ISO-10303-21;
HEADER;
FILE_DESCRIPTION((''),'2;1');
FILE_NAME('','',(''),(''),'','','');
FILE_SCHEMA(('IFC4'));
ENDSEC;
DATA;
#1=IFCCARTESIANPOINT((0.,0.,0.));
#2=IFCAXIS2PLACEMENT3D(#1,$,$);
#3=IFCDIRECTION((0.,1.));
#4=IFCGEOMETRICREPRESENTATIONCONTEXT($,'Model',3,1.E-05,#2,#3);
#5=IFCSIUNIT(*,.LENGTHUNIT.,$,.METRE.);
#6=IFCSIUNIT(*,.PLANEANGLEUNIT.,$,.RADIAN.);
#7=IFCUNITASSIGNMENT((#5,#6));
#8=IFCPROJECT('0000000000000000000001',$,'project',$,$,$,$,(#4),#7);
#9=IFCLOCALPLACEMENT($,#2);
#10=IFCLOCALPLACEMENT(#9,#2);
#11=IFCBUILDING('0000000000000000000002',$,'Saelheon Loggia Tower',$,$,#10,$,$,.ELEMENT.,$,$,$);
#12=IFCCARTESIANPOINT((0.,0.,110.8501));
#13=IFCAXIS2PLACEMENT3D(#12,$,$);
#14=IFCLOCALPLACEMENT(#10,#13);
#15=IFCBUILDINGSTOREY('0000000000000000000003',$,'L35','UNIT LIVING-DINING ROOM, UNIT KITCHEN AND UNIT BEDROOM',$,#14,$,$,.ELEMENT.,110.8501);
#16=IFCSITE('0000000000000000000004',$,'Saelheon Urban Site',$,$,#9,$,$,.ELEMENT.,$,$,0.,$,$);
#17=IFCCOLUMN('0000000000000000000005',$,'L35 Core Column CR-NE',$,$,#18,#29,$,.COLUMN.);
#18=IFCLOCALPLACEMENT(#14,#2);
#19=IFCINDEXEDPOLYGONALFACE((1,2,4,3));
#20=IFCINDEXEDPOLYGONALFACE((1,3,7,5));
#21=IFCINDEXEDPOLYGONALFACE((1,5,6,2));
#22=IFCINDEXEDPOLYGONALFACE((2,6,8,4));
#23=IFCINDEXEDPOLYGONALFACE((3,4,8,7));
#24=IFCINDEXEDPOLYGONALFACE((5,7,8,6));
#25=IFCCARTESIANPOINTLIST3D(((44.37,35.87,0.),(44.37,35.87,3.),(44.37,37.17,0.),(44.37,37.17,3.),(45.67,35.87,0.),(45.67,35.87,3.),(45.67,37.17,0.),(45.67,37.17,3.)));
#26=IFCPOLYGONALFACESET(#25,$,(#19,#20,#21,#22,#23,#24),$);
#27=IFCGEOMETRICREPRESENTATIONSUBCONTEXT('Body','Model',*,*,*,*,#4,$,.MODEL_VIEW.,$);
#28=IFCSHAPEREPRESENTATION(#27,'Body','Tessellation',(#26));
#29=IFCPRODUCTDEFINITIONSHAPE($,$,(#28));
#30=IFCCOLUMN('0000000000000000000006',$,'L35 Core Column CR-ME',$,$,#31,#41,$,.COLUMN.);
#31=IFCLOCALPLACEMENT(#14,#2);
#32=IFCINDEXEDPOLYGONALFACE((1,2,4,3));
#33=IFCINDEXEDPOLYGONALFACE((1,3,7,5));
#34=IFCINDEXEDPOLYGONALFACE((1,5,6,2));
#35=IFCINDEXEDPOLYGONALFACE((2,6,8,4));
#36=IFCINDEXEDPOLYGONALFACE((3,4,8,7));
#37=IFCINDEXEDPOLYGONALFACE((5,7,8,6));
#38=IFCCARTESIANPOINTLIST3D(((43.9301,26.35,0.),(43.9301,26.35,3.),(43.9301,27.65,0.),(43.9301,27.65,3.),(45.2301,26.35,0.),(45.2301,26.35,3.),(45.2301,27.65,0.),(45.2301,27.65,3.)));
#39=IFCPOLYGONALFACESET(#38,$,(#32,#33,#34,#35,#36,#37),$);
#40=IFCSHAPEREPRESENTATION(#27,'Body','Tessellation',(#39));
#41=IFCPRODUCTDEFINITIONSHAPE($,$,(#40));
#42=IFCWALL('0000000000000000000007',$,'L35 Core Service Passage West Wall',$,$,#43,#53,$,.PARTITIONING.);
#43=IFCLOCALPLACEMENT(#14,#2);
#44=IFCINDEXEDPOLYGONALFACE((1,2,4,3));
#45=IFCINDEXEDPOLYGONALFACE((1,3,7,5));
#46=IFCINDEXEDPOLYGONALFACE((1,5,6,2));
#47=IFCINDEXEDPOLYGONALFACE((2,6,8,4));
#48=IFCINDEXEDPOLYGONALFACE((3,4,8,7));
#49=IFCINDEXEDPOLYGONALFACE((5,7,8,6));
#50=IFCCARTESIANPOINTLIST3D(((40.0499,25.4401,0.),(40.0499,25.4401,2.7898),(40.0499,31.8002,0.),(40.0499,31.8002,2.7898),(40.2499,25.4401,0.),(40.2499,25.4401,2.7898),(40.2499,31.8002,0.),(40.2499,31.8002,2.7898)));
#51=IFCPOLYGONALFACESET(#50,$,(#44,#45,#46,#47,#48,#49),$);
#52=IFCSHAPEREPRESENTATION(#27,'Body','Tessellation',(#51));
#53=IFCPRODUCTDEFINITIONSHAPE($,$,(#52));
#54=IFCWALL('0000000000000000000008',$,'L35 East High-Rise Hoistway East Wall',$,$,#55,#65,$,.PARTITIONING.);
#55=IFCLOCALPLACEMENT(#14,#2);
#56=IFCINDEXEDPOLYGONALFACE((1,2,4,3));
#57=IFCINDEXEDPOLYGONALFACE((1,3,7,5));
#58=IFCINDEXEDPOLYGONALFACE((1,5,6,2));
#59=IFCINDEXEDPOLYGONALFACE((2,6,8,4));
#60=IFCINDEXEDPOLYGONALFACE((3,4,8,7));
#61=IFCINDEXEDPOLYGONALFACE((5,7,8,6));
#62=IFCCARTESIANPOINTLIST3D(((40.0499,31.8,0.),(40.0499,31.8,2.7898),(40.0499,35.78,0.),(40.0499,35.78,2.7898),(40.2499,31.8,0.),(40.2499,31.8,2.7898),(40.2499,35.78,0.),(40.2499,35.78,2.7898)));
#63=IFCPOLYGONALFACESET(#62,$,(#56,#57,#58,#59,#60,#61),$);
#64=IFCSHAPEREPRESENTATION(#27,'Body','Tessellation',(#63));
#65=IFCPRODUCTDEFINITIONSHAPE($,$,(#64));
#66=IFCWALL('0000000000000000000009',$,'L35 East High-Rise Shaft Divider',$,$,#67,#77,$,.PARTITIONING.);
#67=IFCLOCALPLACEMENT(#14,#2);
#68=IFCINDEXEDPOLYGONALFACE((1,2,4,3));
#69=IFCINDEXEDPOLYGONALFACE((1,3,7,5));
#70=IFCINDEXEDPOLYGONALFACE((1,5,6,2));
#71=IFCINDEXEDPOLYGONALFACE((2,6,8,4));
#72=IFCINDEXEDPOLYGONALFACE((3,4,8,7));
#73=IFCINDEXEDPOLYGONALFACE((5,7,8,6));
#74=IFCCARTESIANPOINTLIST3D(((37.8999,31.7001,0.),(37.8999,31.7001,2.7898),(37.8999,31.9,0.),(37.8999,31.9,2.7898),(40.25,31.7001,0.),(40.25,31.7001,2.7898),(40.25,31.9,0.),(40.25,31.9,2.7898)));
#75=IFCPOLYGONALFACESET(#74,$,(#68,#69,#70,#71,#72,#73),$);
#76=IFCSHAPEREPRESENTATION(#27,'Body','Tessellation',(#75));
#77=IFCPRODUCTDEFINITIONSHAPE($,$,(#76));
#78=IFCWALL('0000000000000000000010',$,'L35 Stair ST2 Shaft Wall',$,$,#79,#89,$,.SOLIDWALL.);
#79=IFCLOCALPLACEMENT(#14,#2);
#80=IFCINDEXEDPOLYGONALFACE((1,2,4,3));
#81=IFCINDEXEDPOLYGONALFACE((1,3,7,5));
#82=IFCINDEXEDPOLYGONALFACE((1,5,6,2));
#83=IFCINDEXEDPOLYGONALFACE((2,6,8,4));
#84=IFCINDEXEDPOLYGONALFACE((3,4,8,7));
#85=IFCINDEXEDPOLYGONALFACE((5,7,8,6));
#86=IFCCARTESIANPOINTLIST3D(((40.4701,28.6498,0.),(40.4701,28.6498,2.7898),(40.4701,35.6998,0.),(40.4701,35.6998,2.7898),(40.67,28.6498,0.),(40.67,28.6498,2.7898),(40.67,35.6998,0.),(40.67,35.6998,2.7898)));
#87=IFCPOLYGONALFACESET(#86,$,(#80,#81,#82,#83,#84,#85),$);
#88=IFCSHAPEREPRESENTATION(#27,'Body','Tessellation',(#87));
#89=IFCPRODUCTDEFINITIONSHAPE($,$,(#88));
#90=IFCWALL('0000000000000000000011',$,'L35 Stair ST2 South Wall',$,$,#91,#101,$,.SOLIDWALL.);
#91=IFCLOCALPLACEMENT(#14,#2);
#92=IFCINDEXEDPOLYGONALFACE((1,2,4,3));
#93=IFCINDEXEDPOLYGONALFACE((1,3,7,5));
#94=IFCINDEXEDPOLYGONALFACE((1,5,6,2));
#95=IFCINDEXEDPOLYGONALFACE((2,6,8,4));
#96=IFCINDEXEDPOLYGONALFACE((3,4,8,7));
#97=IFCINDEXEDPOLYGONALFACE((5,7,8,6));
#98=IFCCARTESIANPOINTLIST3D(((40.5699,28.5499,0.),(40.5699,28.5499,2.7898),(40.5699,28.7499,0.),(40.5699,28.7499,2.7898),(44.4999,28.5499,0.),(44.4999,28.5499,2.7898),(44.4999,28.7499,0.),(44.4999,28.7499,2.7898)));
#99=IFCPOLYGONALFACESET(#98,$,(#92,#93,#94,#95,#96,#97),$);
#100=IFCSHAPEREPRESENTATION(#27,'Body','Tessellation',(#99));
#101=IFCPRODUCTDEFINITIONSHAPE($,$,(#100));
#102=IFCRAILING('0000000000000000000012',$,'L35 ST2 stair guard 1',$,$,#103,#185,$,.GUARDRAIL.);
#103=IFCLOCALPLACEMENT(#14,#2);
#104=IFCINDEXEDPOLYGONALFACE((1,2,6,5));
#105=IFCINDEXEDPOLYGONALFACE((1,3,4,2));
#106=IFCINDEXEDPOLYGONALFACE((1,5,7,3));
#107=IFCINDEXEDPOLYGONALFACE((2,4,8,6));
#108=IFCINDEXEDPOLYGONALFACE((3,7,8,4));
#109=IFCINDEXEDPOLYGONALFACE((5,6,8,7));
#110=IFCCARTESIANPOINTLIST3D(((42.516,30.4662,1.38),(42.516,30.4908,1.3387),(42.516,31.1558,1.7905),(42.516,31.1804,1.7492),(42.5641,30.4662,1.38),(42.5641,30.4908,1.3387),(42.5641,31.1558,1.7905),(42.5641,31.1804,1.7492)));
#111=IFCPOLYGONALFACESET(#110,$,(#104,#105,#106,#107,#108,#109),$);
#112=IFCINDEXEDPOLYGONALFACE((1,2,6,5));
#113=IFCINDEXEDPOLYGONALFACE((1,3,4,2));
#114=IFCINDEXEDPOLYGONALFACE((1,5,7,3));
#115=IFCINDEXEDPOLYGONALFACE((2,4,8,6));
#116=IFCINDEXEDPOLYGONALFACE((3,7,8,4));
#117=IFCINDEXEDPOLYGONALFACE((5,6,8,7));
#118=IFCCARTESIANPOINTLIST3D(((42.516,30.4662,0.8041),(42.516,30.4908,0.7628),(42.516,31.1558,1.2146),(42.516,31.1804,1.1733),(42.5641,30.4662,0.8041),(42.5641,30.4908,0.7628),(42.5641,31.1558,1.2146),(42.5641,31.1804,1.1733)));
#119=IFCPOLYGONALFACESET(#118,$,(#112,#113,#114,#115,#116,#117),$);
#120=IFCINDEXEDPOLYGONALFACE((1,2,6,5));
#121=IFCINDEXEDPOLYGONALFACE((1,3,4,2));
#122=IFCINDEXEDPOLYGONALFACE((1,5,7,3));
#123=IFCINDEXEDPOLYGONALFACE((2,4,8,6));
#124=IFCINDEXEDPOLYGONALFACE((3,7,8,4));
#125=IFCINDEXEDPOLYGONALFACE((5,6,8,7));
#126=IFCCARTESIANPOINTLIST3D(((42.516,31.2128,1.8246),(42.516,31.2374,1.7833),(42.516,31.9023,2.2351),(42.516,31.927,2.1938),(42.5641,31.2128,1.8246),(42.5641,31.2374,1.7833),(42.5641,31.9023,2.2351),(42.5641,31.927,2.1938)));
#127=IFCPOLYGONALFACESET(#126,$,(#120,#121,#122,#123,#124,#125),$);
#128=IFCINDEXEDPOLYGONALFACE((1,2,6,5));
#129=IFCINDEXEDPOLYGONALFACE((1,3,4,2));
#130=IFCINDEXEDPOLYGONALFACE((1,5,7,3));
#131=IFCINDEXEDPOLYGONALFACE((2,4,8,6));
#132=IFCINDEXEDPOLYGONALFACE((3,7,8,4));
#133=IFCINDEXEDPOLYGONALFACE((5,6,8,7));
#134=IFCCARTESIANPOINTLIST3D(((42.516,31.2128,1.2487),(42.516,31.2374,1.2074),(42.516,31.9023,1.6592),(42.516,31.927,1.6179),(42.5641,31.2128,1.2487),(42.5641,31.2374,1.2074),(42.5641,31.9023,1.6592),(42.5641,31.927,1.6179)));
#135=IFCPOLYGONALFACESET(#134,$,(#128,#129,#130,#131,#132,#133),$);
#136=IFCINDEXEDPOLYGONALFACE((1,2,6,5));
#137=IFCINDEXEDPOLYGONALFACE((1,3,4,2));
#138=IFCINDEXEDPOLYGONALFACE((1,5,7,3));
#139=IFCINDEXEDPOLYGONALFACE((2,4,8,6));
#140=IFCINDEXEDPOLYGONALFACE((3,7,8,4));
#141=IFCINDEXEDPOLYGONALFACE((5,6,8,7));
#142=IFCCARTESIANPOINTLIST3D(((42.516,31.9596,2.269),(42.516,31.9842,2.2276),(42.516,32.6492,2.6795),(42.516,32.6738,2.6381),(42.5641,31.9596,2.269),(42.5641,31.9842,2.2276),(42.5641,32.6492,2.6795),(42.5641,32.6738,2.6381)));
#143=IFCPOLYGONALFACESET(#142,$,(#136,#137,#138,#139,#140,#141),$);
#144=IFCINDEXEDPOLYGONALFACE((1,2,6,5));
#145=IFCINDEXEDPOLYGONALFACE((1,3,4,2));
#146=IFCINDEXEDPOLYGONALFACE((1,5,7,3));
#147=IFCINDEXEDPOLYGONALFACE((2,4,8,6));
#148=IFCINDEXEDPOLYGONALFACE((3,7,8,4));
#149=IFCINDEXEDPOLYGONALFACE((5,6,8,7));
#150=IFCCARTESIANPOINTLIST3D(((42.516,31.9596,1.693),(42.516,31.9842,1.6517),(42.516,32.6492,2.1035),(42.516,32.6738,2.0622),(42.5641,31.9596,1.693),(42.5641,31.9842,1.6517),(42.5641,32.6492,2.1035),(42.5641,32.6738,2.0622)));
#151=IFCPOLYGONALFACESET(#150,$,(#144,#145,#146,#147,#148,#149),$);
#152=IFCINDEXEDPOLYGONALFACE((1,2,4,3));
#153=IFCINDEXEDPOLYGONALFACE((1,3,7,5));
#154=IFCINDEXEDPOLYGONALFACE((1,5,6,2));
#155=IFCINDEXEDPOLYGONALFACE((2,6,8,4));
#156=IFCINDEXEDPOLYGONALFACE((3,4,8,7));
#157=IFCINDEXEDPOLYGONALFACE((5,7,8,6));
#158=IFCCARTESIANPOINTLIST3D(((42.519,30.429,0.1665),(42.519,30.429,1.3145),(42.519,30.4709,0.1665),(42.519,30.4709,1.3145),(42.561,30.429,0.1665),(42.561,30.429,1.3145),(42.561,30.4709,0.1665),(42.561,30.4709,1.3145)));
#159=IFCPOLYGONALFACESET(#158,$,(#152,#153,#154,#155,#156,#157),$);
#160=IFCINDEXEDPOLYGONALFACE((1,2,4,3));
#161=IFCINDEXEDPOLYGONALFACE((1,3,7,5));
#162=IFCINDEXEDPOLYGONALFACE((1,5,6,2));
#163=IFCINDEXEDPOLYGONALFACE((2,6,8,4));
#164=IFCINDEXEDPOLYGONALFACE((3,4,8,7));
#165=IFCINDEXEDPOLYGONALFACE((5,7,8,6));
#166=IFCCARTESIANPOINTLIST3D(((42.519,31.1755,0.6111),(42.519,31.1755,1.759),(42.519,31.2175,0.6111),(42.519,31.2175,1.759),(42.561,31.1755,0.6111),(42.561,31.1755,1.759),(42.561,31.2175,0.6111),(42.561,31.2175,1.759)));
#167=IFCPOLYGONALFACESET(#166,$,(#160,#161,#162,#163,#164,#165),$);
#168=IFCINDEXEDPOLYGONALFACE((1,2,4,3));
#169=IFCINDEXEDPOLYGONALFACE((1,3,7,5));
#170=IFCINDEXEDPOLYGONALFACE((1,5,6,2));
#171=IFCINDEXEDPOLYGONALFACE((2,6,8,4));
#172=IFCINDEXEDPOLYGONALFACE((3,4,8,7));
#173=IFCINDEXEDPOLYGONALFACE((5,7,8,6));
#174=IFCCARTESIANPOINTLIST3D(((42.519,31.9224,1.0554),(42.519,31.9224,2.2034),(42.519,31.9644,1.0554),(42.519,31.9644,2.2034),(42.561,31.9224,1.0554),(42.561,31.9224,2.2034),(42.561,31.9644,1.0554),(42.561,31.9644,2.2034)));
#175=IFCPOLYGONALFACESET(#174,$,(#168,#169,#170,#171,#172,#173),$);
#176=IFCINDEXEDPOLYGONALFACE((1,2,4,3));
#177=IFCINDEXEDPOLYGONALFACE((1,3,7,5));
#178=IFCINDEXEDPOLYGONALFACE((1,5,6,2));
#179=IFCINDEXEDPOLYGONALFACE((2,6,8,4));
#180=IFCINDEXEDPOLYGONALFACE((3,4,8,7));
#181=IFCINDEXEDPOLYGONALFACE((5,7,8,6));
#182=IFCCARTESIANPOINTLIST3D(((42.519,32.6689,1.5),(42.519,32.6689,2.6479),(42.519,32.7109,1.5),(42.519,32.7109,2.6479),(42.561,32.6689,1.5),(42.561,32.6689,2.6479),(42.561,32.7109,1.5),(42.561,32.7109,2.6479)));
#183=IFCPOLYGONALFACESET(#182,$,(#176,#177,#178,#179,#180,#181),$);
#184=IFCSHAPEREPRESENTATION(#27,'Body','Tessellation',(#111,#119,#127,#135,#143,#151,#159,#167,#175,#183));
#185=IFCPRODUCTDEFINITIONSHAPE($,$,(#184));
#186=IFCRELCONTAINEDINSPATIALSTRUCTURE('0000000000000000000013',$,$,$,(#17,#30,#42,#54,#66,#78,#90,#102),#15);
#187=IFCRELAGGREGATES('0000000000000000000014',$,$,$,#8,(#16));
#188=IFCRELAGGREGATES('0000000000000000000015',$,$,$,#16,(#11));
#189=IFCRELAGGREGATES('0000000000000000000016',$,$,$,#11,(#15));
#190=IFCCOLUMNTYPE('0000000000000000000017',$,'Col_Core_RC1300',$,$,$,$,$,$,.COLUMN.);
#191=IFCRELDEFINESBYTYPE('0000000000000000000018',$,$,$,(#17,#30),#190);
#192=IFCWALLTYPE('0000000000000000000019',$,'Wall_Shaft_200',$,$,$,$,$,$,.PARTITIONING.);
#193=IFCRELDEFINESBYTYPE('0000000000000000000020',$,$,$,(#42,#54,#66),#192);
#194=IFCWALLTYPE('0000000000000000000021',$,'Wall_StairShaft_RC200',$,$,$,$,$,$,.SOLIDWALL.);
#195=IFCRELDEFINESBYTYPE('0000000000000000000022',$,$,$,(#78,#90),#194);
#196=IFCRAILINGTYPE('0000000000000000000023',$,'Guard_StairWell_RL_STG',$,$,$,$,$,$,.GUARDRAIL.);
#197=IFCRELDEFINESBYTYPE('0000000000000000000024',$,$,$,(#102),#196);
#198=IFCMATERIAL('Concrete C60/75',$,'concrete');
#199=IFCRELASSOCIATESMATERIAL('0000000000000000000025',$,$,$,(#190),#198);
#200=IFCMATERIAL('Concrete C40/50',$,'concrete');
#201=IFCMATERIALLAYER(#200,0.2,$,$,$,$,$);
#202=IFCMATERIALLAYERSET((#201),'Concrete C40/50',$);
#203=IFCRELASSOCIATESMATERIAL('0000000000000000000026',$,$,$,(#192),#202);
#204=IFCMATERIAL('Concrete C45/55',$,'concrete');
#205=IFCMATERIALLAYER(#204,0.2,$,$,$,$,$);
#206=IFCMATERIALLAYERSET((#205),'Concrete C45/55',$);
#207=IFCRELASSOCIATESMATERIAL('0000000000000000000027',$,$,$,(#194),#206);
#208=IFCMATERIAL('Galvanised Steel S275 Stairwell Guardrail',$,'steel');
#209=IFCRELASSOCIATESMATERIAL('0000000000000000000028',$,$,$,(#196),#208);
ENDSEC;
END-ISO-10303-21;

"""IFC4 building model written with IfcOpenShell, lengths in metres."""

from ifc_helpers import new_model, si_unit, direction, frame, frame_2d, origin, origin_2d, place, context, subcontext, project, spatial, rectangle, extrude, source, transform, mapped, material, layer, layer_set, material_profile, profile_set, type_object, element, save


model = new_model("IFC4")

# Units and contexts
model_context = context("Model", 3, precision=1e-05, world=origin(), true_north=direction((0.0, 1.0)))
body_context = subcontext(model_context, "Body", "Model", "MODEL_VIEW")
ifc_project = project(units=[si_unit("LENGTHUNIT", "METRE"), si_unit("PLANEANGLEUNIT", "RADIAN")], contexts=[model_context])

# Site, building, storey
site_placement = place(None, origin())
site = spatial("IfcSite", under=ifc_project, at=site_placement, Name="Saelheon Urban Site", CompositionType="ELEMENT", RefElevation=0.0)
building_placement = place(site_placement, origin())
building = spatial("IfcBuilding", under=site, at=building_placement, Name="Saelheon Loggia Tower", CompositionType="ELEMENT")
storey_placement = place(building_placement, frame((0.0, 0.0, 110.8501)))
storey = spatial("IfcBuildingStorey", under=building, at=storey_placement, Name="L35", Description="UNIT LIVING-DINING ROOM, UNIT KITCHEN AND UNIT BEDROOM", CompositionType="ELEMENT", Elevation=110.8501)

# Columns
ifc_material_1 = material(Name="Concrete C60/75", Category="concrete")
ifc_material_profile = material_profile(ifc_material_1, rectangle(XDim=1.3, YDim=1.3, at=origin_2d()), Name="RC-1300x1300")
ifc_profile_set = profile_set([ifc_material_profile], Name="Concrete C60/75")
column_type = type_object("IfcColumnType", Name="Col_Core_RC1300", PredefinedType="COLUMN", material=ifc_profile_set)
shared_shape_1 = source(origin(), body_context, "Body", "SweptSolid", [
    extrude(rectangle(XDim=1.3, YDim=1.3, at=origin_2d()), origin(), (0.0, 0.0, 1.0), 3.0),
])
for number, where, z_axis, x_axis, name in (
    (1, (45.02, 36.52, 0.0), (0.0, 0.0, 1.0), (1.0, 0.0, 0.0), "L35 Core Column CR-NE"),
    (2, (44.5801, 27.0, 0.0), (0.0, 0.0, 1.0), (1.0, 0.0, 0.0), "L35 Core Column CR-ME"),
):
    element("IfcColumn", number, at=place(storey_placement, frame(where, z_axis=z_axis, x_axis=x_axis)), inside=storey, type_object=column_type, Name=name, PredefinedType="COLUMN", context=body_context, shape_type="MappedRepresentation", body=[
        mapped(shared_shape_1, transform((0.0, 0.0, 0.0), scale=1.0)),
    ])

# Walls
ifc_material_2 = material(Name="Concrete C40/50", Category="concrete")
ifc_layer_1 = layer(ifc_material_2, 0.2)
ifc_layer_set_1 = layer_set([ifc_layer_1], Name="Concrete C40/50")
wall_type_1 = type_object("IfcWallType", Name="Wall_Shaft_200", PredefinedType="PARTITIONING", material=ifc_layer_set_1)
wall_1_placement = place(storey_placement, frame((40.1499, 25.4399, 0.0), z_axis=(0.0, 0.0, 1.0), x_axis=(0.0, 1.0, 0.0)))
element("IfcWall", 3, at=wall_1_placement, inside=storey, type_object=wall_type_1, Name="L35 Core Service Passage West Wall", PredefinedType="PARTITIONING", context=body_context, shape_type="SweptSolid", body=[
    extrude(rectangle(XDim=6.3601, YDim=0.2, at=frame_2d((3.1802, 0.0))), origin(), (0.0, 0.0, 1.0), 2.7898),
])
wall_2_placement = place(storey_placement, frame((40.1499, 31.8, 0.0), z_axis=(0.0, 0.0, 1.0), x_axis=(0.0, 1.0, 0.0)))
element("IfcWall", 4, at=wall_2_placement, inside=storey, type_object=wall_type_1, Name="L35 East High-Rise Hoistway East Wall", PredefinedType="PARTITIONING", context=body_context, shape_type="SweptSolid", body=[
    extrude(rectangle(XDim=3.98, YDim=0.2, at=frame_2d((1.99, 0.0))), origin(), (0.0, 0.0, 1.0), 2.7898),
])

# Walls
wall_3_placement = place(storey_placement, frame((37.8999, 31.8, 0.0), z_axis=(0.0, 0.0, 1.0), x_axis=(1.0, 0.0, 0.0)))
element("IfcWall", 5, at=wall_3_placement, inside=storey, type_object=wall_type_1, Name="L35 East High-Rise Shaft Divider", PredefinedType="PARTITIONING", context=body_context, shape_type="SweptSolid", body=[
    extrude(rectangle(XDim=2.3501, YDim=0.2, at=frame_2d((1.175, 0.0))), origin(), (0.0, 0.0, 1.0), 2.7898),
])
ifc_material_3 = material(Name="Concrete C45/55", Category="concrete")
ifc_layer_2 = layer(ifc_material_3, 0.2)
ifc_layer_set_2 = layer_set([ifc_layer_2], Name="Concrete C45/55")
wall_type_2 = type_object("IfcWallType", Name="Wall_StairShaft_RC200", PredefinedType="SOLIDWALL", material=ifc_layer_set_2)
wall_4_placement = place(storey_placement, frame((40.5701, 28.6499, 0.0), z_axis=(0.0, 0.0, 1.0), x_axis=(0.0, 1.0, 0.0)))
element("IfcWall", 6, at=wall_4_placement, inside=storey, type_object=wall_type_2, Name="L35 Stair ST2 Shaft Wall", PredefinedType="SOLIDWALL", context=body_context, shape_type="SweptSolid", body=[
    extrude(rectangle(XDim=7.05, YDim=0.2, at=frame_2d((3.5249, 0.0))), origin(), (0.0, 0.0, 1.0), 2.7898),
])
wall_5_placement = place(storey_placement, frame((40.5701, 28.6499, 0.0), z_axis=(0.0, 0.0, 1.0), x_axis=(1.0, 0.0, 0.0)))
element("IfcWall", 7, at=wall_5_placement, inside=storey, type_object=wall_type_2, Name="L35 Stair ST2 South Wall", PredefinedType="SOLIDWALL", context=body_context, shape_type="SweptSolid", body=[
    extrude(rectangle(XDim=3.9299, YDim=0.2, at=frame_2d((1.9648, 0.0))), origin(), (0.0, 0.0, 1.0), 2.7898),
])

# Railing
ifc_material_4 = material(Name="Galvanised Steel S275 Stairwell Guardrail", Category="steel")
railing_type_1 = type_object("IfcRailingType", Name="Guard_StairWell_RL_STG", PredefinedType="GUARDRAIL", material=ifc_material_4)
railing_1_placement = place(storey_placement, frame((42.54, 30.45, 0.1665)))
element("IfcRailing", 8, at=railing_1_placement, inside=storey, type_object=railing_type_1, Name="L35 ST2 stair guard 1", PredefinedType="GUARDRAIL", context=body_context, shape_type="SweptSolid", body=[
    extrude(rectangle(XDim=0.0481, YDim=0.0481, at=origin_2d()), frame((0.0, 0.0286, 1.1929), z_axis=(0.0, 0.859264, 0.511532), x_axis=(-1.0, 0.0, 0.0)), (0.0, 0.0, 1.0), 0.8025),
    extrude(rectangle(XDim=0.0481, YDim=0.0481, at=origin_2d()), frame((0.0, 0.0286, 0.6169), z_axis=(0.0, 0.859264, 0.511532), x_axis=(-1.0, 0.0, 0.0)), (0.0, 0.0, 1.0), 0.8025),
    extrude(rectangle(XDim=0.0481, YDim=0.0481, at=origin_2d()), frame((0.0, 0.7751, 1.6375), z_axis=(0.0, 0.859264, 0.511532), x_axis=(-1.0, 0.0, 0.0)), (0.0, 0.0, 1.0), 0.8025),
    extrude(rectangle(XDim=0.0481, YDim=0.0481, at=origin_2d()), frame((0.0, 0.7751, 1.0615), z_axis=(0.0, 0.859264, 0.511532), x_axis=(-1.0, 0.0, 0.0)), (0.0, 0.0, 1.0), 0.8025),
    extrude(rectangle(XDim=0.0481, YDim=0.0481, at=origin_2d()), frame((0.0, 1.522, 2.0818), z_axis=(0.0, 0.859264, 0.511532), x_axis=(-1.0, 0.0, 0.0)), (0.0, 0.0, 1.0), 0.8025),
    extrude(rectangle(XDim=0.0481, YDim=0.0481, at=origin_2d()), frame((0.0, 1.522, 1.5059), z_axis=(0.0, 0.859264, 0.511532), x_axis=(-1.0, 0.0, 0.0)), (0.0, 0.0, 1.0), 0.8025),
    extrude(rectangle(XDim=0.042, YDim=0.042, at=origin_2d()), origin(), (0.0, 0.0, 1.0), 1.1479),
    extrude(rectangle(XDim=0.042, YDim=0.042, at=origin_2d()), frame((0.0, 0.7466, 0.4446)), (0.0, 0.0, 1.0), 1.1479),
    extrude(rectangle(XDim=0.042, YDim=0.042, at=origin_2d()), frame((0.0, 1.4934, 0.8889)), (0.0, 0.0, 1.0), 1.1479),
    extrude(rectangle(XDim=0.042, YDim=0.042, at=origin_2d()), frame((0.0, 2.24, 1.3335)), (0.0, 0.0, 1.0), 1.1479),
])

save(model, "model.ifc")
